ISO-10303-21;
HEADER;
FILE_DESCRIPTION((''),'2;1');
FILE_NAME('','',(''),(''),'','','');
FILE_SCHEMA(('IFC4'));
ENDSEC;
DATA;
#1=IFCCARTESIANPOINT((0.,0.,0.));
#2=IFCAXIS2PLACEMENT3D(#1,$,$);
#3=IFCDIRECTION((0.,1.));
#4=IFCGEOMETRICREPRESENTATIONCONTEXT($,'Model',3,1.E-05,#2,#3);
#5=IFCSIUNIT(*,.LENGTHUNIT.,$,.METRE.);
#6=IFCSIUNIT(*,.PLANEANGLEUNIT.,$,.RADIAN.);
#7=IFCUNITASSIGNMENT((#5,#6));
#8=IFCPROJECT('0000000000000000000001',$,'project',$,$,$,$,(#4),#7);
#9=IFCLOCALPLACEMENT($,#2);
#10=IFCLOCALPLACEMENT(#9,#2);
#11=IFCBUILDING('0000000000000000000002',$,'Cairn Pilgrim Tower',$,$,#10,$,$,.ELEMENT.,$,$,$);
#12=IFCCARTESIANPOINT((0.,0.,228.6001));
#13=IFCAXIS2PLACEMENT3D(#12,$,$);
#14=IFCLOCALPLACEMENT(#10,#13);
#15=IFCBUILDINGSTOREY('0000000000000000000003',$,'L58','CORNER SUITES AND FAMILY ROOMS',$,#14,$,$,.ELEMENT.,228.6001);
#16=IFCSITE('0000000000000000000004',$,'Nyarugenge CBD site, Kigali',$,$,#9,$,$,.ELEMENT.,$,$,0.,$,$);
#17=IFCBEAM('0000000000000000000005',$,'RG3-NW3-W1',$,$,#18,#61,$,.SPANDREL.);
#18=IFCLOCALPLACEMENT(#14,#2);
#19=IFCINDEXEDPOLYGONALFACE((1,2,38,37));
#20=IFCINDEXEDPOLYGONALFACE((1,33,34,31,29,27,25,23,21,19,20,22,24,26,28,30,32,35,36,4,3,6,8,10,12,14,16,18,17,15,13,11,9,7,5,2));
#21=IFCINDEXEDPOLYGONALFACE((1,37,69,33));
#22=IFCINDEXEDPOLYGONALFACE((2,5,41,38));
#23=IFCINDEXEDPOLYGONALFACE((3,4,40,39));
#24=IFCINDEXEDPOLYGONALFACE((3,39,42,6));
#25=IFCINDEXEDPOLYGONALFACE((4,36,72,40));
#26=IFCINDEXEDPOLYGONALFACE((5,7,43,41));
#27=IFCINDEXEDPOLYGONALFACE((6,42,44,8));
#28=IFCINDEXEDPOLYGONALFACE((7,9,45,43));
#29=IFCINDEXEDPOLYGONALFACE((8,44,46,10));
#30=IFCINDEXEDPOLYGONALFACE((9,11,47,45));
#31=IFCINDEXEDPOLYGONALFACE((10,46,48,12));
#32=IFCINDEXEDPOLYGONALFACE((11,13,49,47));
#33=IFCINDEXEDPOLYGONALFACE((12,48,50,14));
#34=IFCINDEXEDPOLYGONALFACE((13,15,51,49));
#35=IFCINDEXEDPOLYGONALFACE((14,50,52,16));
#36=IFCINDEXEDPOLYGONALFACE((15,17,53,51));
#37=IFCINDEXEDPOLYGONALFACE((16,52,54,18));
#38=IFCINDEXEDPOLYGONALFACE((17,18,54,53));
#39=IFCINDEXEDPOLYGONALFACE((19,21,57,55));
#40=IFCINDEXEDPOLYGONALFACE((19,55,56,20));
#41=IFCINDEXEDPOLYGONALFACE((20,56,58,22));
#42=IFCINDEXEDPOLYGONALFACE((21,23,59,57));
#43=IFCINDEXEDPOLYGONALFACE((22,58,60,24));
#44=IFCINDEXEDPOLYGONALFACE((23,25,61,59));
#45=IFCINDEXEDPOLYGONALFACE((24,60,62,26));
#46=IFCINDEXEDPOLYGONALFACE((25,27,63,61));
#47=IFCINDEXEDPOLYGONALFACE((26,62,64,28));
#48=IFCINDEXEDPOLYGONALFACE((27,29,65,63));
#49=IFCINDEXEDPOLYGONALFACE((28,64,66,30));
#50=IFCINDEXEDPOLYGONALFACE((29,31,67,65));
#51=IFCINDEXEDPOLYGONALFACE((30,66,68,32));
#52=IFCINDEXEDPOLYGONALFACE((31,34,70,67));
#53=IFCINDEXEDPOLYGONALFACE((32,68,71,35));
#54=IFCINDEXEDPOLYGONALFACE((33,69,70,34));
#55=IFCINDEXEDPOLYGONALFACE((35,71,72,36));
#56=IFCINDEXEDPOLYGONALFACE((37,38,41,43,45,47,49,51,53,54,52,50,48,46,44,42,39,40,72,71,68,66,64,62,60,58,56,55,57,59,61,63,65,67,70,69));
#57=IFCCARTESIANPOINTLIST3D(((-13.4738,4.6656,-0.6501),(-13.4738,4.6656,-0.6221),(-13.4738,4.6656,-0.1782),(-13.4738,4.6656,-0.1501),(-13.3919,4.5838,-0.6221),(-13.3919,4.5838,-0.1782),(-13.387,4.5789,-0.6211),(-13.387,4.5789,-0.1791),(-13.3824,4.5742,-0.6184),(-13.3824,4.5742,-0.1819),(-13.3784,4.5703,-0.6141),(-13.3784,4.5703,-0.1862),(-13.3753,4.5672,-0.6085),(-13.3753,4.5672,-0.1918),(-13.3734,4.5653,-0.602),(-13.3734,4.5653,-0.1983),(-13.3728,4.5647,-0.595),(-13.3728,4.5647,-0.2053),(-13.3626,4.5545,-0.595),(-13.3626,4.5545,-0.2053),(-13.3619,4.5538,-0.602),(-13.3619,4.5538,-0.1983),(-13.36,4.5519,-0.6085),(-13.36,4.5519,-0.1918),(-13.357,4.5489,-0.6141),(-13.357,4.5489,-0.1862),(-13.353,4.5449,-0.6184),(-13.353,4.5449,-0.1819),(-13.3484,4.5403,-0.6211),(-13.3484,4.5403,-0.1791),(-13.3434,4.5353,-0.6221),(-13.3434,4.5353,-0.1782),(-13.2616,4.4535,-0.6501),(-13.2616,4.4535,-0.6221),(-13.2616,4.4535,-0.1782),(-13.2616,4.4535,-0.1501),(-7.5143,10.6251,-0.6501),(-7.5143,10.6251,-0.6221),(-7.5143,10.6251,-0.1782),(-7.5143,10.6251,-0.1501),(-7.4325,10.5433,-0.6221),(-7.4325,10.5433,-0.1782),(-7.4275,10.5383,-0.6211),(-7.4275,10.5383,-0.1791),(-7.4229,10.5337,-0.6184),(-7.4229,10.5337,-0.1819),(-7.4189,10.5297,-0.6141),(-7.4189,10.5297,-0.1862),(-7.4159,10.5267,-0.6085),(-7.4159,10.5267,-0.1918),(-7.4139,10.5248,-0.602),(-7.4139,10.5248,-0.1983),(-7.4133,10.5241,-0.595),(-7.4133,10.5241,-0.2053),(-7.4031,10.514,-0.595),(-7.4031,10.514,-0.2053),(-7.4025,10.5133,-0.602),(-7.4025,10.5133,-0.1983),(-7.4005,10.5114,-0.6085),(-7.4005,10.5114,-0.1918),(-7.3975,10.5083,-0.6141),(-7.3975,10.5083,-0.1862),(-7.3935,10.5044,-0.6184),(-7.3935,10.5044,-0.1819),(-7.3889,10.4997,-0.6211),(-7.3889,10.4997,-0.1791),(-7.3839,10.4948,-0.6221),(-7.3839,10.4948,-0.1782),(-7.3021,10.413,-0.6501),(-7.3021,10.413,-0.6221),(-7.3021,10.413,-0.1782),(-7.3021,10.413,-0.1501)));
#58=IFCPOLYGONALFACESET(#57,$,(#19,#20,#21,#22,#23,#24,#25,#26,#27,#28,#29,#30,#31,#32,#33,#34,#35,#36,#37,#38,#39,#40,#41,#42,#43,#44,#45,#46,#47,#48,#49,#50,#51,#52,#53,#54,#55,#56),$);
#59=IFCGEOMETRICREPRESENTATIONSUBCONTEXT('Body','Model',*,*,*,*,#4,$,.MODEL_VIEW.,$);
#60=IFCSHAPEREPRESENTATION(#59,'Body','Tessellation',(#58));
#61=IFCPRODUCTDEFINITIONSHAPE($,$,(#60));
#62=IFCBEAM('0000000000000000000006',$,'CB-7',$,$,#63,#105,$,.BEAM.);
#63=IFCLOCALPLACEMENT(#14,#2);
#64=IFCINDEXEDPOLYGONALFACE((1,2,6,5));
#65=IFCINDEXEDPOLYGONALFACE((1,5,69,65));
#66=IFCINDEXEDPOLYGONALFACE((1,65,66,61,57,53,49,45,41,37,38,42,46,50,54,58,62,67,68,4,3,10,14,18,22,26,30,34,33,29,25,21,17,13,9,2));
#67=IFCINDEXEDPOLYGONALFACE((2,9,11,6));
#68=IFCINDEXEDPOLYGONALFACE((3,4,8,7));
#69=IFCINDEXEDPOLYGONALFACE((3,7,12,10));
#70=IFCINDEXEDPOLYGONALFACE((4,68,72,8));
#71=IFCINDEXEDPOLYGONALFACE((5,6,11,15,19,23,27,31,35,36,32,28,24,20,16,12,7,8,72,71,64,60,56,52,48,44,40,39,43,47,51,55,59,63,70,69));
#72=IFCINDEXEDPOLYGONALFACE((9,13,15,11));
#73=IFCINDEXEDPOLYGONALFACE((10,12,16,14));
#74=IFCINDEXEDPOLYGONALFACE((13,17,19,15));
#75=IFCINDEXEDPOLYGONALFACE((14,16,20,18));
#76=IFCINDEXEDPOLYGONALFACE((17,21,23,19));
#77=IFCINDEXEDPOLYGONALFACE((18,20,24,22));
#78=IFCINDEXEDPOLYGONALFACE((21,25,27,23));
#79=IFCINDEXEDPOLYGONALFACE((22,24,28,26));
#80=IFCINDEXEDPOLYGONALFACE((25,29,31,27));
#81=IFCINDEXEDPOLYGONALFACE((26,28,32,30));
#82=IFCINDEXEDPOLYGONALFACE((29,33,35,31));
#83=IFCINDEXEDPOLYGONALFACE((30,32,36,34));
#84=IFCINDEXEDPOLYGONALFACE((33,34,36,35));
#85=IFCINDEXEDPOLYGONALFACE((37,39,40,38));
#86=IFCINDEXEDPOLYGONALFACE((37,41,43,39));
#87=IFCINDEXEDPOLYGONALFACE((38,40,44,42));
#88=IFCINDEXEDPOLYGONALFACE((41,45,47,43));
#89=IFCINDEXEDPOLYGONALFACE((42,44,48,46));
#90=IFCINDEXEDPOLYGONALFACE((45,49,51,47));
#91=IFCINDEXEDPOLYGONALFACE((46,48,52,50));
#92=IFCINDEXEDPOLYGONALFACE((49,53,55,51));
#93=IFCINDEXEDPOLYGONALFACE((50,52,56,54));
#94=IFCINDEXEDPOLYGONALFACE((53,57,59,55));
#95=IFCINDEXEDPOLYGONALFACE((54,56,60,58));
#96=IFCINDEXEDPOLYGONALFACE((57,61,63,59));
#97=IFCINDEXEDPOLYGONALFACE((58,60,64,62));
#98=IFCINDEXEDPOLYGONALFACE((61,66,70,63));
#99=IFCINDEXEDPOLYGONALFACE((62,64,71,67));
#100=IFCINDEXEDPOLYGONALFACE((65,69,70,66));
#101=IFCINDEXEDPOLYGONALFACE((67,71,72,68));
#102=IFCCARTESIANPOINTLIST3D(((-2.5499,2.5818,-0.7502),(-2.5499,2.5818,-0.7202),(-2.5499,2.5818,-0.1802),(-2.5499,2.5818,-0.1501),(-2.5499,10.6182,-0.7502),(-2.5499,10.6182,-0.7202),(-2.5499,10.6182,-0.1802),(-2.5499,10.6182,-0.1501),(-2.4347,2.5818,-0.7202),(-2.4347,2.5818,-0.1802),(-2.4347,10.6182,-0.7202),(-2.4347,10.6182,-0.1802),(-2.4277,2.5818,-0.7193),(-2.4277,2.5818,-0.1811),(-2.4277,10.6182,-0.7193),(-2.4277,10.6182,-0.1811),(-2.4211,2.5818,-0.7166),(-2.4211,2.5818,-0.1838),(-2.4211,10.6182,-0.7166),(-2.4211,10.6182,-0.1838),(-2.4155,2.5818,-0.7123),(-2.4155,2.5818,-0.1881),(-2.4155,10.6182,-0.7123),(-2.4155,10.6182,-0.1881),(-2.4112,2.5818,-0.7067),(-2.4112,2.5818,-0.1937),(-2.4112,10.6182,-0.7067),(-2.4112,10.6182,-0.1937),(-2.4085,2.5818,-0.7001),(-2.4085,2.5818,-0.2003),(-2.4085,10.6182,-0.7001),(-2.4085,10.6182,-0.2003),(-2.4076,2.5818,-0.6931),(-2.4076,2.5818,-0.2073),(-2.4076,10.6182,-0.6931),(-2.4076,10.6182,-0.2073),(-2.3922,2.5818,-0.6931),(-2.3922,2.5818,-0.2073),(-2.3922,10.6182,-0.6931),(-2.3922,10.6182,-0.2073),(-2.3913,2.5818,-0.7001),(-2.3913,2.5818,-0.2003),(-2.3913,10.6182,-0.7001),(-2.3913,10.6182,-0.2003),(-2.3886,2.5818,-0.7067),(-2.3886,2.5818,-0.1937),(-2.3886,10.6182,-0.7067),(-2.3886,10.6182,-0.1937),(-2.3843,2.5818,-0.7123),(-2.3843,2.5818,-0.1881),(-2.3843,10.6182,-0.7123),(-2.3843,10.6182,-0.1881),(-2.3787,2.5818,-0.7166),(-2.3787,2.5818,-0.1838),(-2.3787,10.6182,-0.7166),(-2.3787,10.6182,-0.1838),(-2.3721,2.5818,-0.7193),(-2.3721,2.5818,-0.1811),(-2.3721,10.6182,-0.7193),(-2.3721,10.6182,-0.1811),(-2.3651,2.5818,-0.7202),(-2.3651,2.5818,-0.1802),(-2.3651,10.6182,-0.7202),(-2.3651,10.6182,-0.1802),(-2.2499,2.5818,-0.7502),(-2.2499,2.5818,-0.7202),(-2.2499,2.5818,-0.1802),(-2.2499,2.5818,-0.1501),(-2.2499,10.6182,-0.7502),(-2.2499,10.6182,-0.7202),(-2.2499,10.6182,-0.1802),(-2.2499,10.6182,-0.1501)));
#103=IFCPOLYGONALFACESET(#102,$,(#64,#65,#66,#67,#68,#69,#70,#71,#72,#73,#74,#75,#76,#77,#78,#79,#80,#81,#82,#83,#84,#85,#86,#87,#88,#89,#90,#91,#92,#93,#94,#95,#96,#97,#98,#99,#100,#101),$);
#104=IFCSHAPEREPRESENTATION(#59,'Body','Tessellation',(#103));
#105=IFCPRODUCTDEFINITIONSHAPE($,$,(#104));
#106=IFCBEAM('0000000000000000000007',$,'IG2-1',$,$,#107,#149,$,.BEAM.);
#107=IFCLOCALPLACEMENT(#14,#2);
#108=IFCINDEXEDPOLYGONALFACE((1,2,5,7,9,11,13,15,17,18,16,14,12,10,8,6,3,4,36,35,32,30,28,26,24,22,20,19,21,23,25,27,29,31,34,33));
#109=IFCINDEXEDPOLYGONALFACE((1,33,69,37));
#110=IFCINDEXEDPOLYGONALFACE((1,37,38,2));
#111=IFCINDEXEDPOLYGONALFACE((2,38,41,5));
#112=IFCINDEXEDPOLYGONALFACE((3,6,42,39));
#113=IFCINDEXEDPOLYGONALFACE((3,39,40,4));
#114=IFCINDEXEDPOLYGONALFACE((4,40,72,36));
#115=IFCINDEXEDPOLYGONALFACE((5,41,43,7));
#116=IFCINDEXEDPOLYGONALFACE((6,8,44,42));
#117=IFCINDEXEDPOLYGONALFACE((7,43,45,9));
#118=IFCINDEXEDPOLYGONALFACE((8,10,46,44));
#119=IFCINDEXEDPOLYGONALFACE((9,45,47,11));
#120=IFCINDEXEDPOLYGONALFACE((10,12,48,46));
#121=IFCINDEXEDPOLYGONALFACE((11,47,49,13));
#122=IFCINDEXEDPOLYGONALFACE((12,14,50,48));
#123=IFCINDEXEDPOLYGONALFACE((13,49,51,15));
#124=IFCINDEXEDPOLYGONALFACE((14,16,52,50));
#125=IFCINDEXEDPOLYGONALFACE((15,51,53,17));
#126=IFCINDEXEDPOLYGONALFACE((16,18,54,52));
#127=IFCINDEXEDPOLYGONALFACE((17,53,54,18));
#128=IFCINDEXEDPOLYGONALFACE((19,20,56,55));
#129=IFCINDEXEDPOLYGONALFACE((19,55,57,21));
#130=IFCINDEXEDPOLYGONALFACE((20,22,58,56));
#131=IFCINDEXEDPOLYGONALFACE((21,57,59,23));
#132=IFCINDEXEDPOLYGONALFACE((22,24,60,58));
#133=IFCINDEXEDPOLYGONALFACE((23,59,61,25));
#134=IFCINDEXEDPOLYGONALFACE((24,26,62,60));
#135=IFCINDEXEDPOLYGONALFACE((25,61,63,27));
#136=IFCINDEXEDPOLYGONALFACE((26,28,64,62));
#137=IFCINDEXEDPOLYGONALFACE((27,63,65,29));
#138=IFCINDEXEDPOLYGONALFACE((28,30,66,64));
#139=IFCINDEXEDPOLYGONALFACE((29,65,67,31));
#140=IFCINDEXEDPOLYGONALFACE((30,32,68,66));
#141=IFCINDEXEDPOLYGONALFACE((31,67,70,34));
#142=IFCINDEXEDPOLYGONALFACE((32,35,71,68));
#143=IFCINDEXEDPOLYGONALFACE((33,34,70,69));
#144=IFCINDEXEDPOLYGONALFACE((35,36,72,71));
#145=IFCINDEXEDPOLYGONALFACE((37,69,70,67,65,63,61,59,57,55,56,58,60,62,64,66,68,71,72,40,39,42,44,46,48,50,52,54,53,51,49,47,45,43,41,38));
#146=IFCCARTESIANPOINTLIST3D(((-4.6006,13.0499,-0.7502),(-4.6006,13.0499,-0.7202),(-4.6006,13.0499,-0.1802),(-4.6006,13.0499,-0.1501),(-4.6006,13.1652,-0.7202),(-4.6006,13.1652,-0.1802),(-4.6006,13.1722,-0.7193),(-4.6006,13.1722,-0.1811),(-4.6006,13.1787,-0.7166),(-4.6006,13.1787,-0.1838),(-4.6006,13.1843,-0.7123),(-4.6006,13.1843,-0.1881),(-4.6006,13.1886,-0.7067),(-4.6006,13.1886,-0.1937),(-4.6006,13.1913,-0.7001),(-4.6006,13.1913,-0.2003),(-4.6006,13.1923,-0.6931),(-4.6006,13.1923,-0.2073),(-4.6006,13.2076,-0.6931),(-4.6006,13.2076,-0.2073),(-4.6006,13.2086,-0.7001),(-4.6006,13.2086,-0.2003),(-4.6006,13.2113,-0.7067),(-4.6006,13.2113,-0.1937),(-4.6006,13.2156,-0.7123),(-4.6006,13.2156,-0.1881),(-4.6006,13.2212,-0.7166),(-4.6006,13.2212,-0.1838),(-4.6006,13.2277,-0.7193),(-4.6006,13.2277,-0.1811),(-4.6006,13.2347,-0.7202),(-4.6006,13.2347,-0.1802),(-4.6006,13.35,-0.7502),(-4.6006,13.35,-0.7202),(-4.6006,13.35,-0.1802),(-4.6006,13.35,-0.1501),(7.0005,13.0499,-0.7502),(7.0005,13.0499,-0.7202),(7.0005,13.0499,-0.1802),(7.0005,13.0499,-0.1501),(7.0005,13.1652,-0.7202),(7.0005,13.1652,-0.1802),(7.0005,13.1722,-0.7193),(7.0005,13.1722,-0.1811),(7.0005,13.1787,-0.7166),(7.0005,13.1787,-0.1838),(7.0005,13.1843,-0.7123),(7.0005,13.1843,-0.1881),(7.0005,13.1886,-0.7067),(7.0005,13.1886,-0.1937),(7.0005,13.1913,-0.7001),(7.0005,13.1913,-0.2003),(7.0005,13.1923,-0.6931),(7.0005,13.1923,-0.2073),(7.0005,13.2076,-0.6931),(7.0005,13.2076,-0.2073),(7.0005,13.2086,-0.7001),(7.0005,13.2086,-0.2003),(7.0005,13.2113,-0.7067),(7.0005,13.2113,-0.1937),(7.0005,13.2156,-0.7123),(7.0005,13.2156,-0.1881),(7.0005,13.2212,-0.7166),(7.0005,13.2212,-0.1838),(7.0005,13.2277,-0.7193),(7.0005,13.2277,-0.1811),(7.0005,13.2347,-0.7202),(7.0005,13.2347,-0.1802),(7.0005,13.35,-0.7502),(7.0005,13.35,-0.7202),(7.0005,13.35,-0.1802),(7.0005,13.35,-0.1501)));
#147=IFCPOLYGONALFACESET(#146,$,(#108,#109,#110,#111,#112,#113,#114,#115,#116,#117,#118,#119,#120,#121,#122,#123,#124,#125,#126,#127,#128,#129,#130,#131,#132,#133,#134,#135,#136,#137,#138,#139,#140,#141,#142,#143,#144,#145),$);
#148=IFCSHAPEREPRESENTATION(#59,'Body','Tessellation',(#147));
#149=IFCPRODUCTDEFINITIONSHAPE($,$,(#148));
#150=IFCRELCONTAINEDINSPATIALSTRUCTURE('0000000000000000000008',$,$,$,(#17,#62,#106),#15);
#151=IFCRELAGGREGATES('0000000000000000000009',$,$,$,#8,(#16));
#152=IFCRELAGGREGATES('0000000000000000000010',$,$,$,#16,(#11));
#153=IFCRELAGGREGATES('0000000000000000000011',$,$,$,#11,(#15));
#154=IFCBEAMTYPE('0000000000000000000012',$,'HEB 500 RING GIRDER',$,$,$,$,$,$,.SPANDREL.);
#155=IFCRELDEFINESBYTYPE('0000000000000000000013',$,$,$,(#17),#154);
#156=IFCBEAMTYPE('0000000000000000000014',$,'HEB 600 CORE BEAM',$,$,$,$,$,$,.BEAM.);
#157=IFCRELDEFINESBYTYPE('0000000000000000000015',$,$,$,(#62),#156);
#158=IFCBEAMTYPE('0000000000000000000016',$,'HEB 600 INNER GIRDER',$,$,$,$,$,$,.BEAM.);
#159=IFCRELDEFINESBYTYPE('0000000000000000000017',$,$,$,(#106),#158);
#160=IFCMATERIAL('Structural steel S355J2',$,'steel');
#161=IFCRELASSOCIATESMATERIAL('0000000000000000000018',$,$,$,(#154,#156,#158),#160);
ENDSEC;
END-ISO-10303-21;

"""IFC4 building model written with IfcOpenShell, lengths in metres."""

from ifc_helpers import new_model, si_unit, direction, frame, origin, origin_2d, place, context, subcontext, project, spatial, i_section, extrude, material, material_profile, profile_set, type_object, element, save


model = new_model("IFC4")

# Units and contexts
model_context = context("Model", 3, precision=1e-05, world=origin(), true_north=direction((0.0, 1.0)))
body_context = subcontext(model_context, "Body", "Model", "MODEL_VIEW")
ifc_project = project(units=[si_unit("LENGTHUNIT", "METRE"), si_unit("PLANEANGLEUNIT", "RADIAN")], contexts=[model_context])

# Site, building, storey
site_placement = place(None, origin())
site = spatial("IfcSite", under=ifc_project, at=site_placement, Name="Nyarugenge CBD site, Kigali", CompositionType="ELEMENT", RefElevation=0.0)
building_placement = place(site_placement, origin())
building = spatial("IfcBuilding", under=site, at=building_placement, Name="Cairn Pilgrim Tower", CompositionType="ELEMENT")
storey_placement = place(building_placement, frame((0.0, 0.0, 228.6001)))
storey = spatial("IfcBuildingStorey", under=building, at=storey_placement, Name="L58", Description="CORNER SUITES AND FAMILY ROOMS", CompositionType="ELEMENT", Elevation=228.6001)

# Shared definitions
ifc_material_1 = material(Name="Structural steel S355J2", Category="steel")

# Beams
ifc_material_profile_1 = material_profile(ifc_material_1, i_section(OverallWidth=0.3, OverallDepth=0.5, WebThickness=0.0144, FlangeThickness=0.0281, FilletRadius=0.0271, at=origin_2d()), Name="HEB 500")
ifc_profile_set_1 = profile_set([ifc_material_profile_1], Name="Structural steel S355J2")
beam_type_1 = type_object("IfcBeamType", Name="HEB 500 RING GIRDER", PredefinedType="SPANDREL", material=ifc_profile_set_1)
beam_1_placement = place(storey_placement, frame((-7.4082, 10.519, -0.4001), z_axis=(-0.707107, -0.707107, 0.0), x_axis=(0.707107, -0.707107, 0.0)))
element("IfcBeam", 1, at=beam_1_placement, inside=storey, type_object=beam_type_1, Name="RG3-NW3-W1", PredefinedType="SPANDREL", context=body_context, shape_type="SweptSolid", body=[
    extrude(i_section(OverallWidth=0.3, OverallDepth=0.5, WebThickness=0.0144, FlangeThickness=0.0281, FilletRadius=0.0271, at=origin_2d()), origin(), (0.0, 0.0, 1.0), 8.428),
])
ifc_material_profile_2 = material_profile(ifc_material_1, i_section(OverallWidth=0.3, OverallDepth=0.6001, WebThickness=0.0154, FlangeThickness=0.03, FilletRadius=0.0271, at=origin_2d()), Name="HEB 600")
ifc_profile_set_2 = profile_set([ifc_material_profile_2], Name="Structural steel S355J2")
beam_type_2 = type_object("IfcBeamType", Name="HEB 600 CORE BEAM", PredefinedType="BEAM", material=ifc_profile_set_2)
beam_2_placement = place(storey_placement, frame((-2.3999, 10.6182, -0.4502), z_axis=(0.0, -1.0, 0.0), x_axis=(1.0, 0.0, 0.0)))
element("IfcBeam", 2, at=beam_2_placement, inside=storey, type_object=beam_type_2, Name="CB-7", PredefinedType="BEAM", context=body_context, shape_type="SweptSolid", body=[
    extrude(i_section(OverallWidth=0.3, OverallDepth=0.6001, WebThickness=0.0154, FlangeThickness=0.03, FilletRadius=0.0271, at=origin_2d()), origin(), (0.0, 0.0, 1.0), 8.0364),
])
ifc_material_profile_3 = material_profile(ifc_material_1, i_section(OverallWidth=0.3, OverallDepth=0.6001, WebThickness=0.0154, FlangeThickness=0.03, FilletRadius=0.0271, at=origin_2d()), Name="HEB 600")
ifc_profile_set_3 = profile_set([ifc_material_profile_3], Name="Structural steel S355J2")
beam_type_3 = type_object("IfcBeamType", Name="HEB 600 INNER GIRDER", PredefinedType="BEAM", material=ifc_profile_set_3)
beam_3_placement = place(storey_placement, frame((-4.6006, 13.2, -0.4502), z_axis=(1.0, 0.0, 0.0), x_axis=(0.0, 1.0, 0.0)))
element("IfcBeam", 3, at=beam_3_placement, inside=storey, type_object=beam_type_3, Name="IG2-1", PredefinedType="BEAM", context=body_context, shape_type="SweptSolid", body=[
    extrude(i_section(OverallWidth=0.3, OverallDepth=0.6001, WebThickness=0.0154, FlangeThickness=0.03, FilletRadius=0.0271, at=origin_2d()), origin(), (0.0, 0.0, 1.0), 11.6011),
])

save(model, "model.ifc")
